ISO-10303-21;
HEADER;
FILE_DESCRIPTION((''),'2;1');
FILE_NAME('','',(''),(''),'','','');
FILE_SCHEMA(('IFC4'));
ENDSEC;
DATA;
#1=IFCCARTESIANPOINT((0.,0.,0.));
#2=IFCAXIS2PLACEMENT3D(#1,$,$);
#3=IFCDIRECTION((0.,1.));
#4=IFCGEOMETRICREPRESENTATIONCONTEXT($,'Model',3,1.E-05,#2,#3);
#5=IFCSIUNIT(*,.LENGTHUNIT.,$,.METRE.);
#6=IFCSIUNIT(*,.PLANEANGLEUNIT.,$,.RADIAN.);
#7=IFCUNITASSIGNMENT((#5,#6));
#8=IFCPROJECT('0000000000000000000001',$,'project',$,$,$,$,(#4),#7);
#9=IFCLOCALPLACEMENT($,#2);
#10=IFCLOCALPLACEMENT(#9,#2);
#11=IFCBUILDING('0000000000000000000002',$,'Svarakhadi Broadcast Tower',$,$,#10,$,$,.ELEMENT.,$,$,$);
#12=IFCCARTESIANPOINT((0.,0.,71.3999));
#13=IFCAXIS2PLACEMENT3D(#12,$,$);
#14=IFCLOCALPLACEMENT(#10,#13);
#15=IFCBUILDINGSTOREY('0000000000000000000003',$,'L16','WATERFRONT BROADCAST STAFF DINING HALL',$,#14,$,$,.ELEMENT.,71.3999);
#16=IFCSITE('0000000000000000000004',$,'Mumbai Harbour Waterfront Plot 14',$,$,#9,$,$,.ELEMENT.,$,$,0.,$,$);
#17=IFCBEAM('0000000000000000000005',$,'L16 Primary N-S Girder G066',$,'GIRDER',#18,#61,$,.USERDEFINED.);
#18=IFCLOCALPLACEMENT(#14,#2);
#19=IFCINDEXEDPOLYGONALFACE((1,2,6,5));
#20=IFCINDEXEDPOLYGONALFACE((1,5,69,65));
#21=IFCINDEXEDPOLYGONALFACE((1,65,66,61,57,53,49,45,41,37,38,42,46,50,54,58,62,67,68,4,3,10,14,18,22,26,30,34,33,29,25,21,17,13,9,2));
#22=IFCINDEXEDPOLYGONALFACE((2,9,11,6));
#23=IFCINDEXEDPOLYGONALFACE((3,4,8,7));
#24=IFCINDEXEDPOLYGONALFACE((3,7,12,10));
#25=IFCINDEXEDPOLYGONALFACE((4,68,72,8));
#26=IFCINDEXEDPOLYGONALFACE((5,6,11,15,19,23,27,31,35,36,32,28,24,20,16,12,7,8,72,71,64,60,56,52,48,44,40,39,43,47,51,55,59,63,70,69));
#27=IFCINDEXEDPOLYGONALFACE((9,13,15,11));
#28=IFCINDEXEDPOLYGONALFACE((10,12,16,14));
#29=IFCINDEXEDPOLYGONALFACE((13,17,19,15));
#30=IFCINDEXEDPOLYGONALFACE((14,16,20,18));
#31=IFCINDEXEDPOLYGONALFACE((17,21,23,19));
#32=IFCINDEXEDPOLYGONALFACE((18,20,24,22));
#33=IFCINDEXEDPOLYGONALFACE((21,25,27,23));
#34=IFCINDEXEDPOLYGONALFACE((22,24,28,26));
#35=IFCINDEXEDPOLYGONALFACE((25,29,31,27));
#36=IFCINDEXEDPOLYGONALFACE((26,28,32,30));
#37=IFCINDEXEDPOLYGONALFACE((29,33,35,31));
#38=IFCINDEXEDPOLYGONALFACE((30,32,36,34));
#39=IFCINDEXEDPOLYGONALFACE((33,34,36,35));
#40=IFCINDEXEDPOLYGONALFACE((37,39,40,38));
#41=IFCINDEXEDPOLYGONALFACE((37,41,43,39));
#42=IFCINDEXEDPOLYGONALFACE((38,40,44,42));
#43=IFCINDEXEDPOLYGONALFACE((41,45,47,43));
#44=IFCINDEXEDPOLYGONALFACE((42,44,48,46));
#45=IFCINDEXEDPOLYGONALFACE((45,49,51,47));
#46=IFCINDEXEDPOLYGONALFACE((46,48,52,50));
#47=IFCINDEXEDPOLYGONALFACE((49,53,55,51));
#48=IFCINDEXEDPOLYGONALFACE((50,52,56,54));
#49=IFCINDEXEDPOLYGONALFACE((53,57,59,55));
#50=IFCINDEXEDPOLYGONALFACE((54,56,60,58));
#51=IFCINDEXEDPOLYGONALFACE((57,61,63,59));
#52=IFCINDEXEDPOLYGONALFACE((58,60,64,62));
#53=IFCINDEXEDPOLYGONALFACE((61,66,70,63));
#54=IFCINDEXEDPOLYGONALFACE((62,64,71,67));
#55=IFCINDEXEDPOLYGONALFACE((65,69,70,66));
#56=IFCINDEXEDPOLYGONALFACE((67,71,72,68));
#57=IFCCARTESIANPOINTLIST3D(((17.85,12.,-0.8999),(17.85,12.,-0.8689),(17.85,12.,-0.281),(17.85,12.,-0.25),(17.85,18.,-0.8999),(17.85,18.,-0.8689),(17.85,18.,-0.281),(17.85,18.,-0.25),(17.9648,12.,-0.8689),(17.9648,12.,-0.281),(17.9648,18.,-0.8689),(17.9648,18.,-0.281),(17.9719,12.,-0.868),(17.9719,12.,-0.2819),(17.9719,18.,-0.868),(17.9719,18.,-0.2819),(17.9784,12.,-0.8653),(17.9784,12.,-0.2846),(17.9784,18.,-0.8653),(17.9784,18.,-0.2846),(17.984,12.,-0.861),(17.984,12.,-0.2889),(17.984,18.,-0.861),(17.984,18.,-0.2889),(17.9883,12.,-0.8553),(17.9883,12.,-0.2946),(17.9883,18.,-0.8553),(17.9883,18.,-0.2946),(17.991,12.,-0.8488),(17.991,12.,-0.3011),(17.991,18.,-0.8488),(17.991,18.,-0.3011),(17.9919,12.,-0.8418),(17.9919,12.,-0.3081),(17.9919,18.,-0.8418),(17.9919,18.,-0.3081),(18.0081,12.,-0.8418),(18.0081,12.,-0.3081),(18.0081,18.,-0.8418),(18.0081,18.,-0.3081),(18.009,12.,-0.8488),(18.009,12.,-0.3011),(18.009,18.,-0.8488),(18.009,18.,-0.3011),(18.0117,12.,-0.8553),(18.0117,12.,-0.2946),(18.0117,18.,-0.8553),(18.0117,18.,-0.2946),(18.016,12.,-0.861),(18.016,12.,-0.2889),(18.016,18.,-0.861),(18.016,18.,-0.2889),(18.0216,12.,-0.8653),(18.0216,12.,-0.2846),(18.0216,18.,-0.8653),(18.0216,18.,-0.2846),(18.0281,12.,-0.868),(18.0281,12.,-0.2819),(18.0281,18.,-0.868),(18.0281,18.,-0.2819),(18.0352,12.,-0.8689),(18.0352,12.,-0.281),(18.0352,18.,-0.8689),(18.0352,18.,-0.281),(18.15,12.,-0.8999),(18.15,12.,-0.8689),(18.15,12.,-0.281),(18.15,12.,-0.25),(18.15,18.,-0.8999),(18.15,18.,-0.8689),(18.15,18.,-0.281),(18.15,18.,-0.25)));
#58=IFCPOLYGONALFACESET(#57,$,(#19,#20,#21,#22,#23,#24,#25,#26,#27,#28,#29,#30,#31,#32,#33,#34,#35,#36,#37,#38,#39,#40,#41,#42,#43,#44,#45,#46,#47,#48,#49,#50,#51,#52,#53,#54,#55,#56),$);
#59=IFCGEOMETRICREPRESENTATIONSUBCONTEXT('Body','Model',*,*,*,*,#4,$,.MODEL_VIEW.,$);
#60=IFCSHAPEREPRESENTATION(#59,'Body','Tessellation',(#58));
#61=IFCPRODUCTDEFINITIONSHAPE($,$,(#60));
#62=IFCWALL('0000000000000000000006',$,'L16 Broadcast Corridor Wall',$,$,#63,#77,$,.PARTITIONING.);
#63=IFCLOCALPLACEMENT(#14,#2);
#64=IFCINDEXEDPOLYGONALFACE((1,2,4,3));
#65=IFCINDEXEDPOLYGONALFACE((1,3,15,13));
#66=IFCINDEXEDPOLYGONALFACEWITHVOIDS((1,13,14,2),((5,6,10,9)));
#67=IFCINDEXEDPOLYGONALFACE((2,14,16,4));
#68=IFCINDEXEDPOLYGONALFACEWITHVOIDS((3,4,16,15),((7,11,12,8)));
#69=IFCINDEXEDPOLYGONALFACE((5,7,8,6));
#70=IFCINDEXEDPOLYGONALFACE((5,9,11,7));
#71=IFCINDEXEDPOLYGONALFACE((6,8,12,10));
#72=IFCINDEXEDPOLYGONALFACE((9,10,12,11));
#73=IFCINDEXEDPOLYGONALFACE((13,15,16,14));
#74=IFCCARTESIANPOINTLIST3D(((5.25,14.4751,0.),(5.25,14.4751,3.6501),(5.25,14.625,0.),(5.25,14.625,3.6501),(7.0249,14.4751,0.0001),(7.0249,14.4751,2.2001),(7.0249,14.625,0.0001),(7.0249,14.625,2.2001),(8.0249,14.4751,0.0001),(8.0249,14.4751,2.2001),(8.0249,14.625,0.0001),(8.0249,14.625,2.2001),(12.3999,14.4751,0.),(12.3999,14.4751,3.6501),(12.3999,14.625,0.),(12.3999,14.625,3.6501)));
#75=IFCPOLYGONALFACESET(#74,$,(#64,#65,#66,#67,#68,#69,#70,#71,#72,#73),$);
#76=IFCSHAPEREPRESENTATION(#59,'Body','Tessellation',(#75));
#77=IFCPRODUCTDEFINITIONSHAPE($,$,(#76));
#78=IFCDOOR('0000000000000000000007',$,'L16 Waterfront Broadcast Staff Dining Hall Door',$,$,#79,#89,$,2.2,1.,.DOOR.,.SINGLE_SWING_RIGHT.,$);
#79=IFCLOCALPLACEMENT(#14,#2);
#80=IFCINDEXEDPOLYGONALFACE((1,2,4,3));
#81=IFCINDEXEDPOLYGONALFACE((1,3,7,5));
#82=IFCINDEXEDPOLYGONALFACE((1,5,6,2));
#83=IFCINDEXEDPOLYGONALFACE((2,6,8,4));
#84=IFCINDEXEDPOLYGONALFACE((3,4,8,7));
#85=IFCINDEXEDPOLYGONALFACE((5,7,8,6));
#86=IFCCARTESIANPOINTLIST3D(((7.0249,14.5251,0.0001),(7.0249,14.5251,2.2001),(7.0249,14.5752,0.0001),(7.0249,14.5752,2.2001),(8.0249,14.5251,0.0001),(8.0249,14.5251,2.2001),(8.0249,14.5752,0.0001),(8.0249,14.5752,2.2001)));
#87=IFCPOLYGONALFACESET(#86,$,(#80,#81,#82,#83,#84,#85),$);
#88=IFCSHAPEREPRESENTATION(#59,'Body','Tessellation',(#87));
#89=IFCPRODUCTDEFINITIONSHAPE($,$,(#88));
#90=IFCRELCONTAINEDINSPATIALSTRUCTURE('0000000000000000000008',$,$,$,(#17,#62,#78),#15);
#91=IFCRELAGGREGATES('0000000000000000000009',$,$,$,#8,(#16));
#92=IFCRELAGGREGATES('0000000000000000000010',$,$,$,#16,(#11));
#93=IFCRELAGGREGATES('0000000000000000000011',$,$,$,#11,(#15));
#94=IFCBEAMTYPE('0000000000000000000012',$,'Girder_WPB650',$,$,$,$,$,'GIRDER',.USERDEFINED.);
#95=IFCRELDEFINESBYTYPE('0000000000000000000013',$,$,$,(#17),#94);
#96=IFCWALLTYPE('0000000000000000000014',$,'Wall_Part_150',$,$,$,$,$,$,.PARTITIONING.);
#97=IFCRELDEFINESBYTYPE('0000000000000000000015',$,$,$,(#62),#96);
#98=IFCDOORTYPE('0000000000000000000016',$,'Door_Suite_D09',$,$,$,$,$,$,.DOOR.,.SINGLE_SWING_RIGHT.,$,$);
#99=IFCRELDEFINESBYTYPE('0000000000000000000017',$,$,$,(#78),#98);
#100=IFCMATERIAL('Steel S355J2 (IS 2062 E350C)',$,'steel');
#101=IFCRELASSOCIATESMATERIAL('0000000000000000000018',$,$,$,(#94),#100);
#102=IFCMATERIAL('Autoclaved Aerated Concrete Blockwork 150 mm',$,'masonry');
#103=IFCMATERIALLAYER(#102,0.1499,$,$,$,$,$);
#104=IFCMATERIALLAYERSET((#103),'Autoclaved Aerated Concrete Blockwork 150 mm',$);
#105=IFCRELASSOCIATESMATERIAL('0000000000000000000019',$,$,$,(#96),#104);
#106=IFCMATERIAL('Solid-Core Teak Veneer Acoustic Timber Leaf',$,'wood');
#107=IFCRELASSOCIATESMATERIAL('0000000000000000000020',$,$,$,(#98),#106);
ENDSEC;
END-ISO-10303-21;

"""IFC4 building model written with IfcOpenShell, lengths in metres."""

from ifc_helpers import new_model, si_unit, direction, frame, frame_2d, origin, origin_2d, place, context, subcontext, project, spatial, rectangle, i_section, extrude, material, layer, layer_set, material_profile, profile_set, type_object, element, fill, save


model = new_model("IFC4")

# Units and contexts
model_context = context("Model", 3, precision=1e-05, world=origin(), true_north=direction((0.0, 1.0)))
body_context = subcontext(model_context, "Body", "Model", "MODEL_VIEW")
ifc_project = project(units=[si_unit("LENGTHUNIT", "METRE"), si_unit("PLANEANGLEUNIT", "RADIAN")], contexts=[model_context])

# Site, building, storey
site_placement = place(None, origin())
site = spatial("IfcSite", under=ifc_project, at=site_placement, Name="Mumbai Harbour Waterfront Plot 14", CompositionType="ELEMENT", RefElevation=0.0)
building_placement = place(site_placement, origin())
building = spatial("IfcBuilding", under=site, at=building_placement, Name="Svarakhadi Broadcast Tower", CompositionType="ELEMENT")
storey_placement = place(building_placement, frame((0.0, 0.0, 71.3999)))
storey = spatial("IfcBuildingStorey", under=building, at=storey_placement, Name="L16", Description="WATERFRONT BROADCAST STAFF DINING HALL", CompositionType="ELEMENT", Elevation=71.3999)

# Beam
ifc_material_1 = material(Name="Steel S355J2 (IS 2062 E350C)", Category="steel")
ifc_material_profile_1 = material_profile(ifc_material_1, i_section(OverallWidth=0.3, OverallDepth=0.6499, WebThickness=0.0161, FlangeThickness=0.031, FilletRadius=0.0271, at=origin_2d()), Name="WPB 650x300x225")
ifc_profile_set_1 = profile_set([ifc_material_profile_1], Name="Steel S355J2 (IS 2062 E350C)")
beam_type_1 = type_object("IfcBeamType", Name="Girder_WPB650", ElementType="GIRDER", PredefinedType="USERDEFINED", material=ifc_profile_set_1)
for number, where, z_axis, x_axis, name in (
    (1, (18.0, 12.0, -0.575), (0.0, 1.0, 0.0), (-1.0, 0.0, 0.0), "L16 Primary N-S Girder G066"),
):
    element("IfcBeam", number, at=place(storey_placement, frame(where, z_axis=z_axis, x_axis=x_axis)), inside=storey, type_object=beam_type_1, Name=name, ObjectType="GIRDER", PredefinedType="USERDEFINED", context=body_context, shape_type="SweptSolid", body=[
        extrude(i_section(OverallWidth=0.3, OverallDepth=0.6499, WebThickness=0.0161, FlangeThickness=0.031, FilletRadius=0.0271, at=origin_2d()), origin(), (0.0, 0.0, 1.0), 6.0),
    ])

# Wall, opening, door
ifc_material_2 = material(Name="Autoclaved Aerated Concrete Blockwork 150 mm", Category="masonry")
ifc_layer = layer(ifc_material_2, 0.1499)
ifc_layer_set = layer_set([ifc_layer], Name="Autoclaved Aerated Concrete Blockwork 150 mm")
wall_type = type_object("IfcWallType", Name="Wall_Part_150", PredefinedType="PARTITIONING", material=ifc_layer_set)
wall_placement = place(storey_placement, frame((12.3999, 14.55, 0.0), z_axis=(0.0, 0.0, 1.0), x_axis=(-1.0, 0.0, 0.0)))
wall = element("IfcWall", 2, at=wall_placement, inside=storey, type_object=wall_type, Name="L16 Broadcast Corridor Wall", PredefinedType="PARTITIONING", context=body_context, shape_type="SweptSolid", body=[
    extrude(rectangle(XDim=7.1499, YDim=0.1499, at=frame_2d((3.575, 0.0))), origin(), (0.0, 0.0, 1.0), 3.6501),
])
opening_placement = place(wall_placement, frame((4.375, 0.0, 0.0)))
opening = element("IfcOpeningElement", 3, at=opening_placement, cuts=wall, PredefinedType="OPENING", context=body_context, shape_type="SweptSolid", body=[
    extrude(rectangle(XDim=1.0, YDim=2.2, at=frame_2d((0.5, 1.1001))), frame((0.0, 0.085, 0.0), z_axis=(0.0, -1.0, 0.0), x_axis=(1.0, 0.0, 0.0)), (0.0, 0.0, 1.0), 0.1699),
])
ifc_material_3 = material(Name="Solid-Core Teak Veneer Acoustic Timber Leaf", Category="wood")
door_type = type_object("IfcDoorType", Name="Door_Suite_D09", OperationType="SINGLE_SWING_RIGHT", PredefinedType="DOOR", material=ifc_material_3)
door_placement = place(opening_placement, origin())
door = element("IfcDoor", 4, at=door_placement, inside=storey, type_object=door_type, Name="L16 Waterfront Broadcast Staff Dining Hall Door", OperationType="SINGLE_SWING_RIGHT", OverallHeight=2.2, OverallWidth=1.0, PredefinedType="DOOR", context=body_context, shape_type="SweptSolid", body=[
    extrude(rectangle(XDim=1.0, YDim=2.2, at=frame_2d((0.5, 1.1001))), frame((0.0, 0.0249, 0.0), z_axis=(0.0, -1.0, 0.0), x_axis=(1.0, 0.0, 0.0)), (0.0, 0.0, 1.0), 0.05),
])
fill(opening, door)

save(model, "model.ifc")
